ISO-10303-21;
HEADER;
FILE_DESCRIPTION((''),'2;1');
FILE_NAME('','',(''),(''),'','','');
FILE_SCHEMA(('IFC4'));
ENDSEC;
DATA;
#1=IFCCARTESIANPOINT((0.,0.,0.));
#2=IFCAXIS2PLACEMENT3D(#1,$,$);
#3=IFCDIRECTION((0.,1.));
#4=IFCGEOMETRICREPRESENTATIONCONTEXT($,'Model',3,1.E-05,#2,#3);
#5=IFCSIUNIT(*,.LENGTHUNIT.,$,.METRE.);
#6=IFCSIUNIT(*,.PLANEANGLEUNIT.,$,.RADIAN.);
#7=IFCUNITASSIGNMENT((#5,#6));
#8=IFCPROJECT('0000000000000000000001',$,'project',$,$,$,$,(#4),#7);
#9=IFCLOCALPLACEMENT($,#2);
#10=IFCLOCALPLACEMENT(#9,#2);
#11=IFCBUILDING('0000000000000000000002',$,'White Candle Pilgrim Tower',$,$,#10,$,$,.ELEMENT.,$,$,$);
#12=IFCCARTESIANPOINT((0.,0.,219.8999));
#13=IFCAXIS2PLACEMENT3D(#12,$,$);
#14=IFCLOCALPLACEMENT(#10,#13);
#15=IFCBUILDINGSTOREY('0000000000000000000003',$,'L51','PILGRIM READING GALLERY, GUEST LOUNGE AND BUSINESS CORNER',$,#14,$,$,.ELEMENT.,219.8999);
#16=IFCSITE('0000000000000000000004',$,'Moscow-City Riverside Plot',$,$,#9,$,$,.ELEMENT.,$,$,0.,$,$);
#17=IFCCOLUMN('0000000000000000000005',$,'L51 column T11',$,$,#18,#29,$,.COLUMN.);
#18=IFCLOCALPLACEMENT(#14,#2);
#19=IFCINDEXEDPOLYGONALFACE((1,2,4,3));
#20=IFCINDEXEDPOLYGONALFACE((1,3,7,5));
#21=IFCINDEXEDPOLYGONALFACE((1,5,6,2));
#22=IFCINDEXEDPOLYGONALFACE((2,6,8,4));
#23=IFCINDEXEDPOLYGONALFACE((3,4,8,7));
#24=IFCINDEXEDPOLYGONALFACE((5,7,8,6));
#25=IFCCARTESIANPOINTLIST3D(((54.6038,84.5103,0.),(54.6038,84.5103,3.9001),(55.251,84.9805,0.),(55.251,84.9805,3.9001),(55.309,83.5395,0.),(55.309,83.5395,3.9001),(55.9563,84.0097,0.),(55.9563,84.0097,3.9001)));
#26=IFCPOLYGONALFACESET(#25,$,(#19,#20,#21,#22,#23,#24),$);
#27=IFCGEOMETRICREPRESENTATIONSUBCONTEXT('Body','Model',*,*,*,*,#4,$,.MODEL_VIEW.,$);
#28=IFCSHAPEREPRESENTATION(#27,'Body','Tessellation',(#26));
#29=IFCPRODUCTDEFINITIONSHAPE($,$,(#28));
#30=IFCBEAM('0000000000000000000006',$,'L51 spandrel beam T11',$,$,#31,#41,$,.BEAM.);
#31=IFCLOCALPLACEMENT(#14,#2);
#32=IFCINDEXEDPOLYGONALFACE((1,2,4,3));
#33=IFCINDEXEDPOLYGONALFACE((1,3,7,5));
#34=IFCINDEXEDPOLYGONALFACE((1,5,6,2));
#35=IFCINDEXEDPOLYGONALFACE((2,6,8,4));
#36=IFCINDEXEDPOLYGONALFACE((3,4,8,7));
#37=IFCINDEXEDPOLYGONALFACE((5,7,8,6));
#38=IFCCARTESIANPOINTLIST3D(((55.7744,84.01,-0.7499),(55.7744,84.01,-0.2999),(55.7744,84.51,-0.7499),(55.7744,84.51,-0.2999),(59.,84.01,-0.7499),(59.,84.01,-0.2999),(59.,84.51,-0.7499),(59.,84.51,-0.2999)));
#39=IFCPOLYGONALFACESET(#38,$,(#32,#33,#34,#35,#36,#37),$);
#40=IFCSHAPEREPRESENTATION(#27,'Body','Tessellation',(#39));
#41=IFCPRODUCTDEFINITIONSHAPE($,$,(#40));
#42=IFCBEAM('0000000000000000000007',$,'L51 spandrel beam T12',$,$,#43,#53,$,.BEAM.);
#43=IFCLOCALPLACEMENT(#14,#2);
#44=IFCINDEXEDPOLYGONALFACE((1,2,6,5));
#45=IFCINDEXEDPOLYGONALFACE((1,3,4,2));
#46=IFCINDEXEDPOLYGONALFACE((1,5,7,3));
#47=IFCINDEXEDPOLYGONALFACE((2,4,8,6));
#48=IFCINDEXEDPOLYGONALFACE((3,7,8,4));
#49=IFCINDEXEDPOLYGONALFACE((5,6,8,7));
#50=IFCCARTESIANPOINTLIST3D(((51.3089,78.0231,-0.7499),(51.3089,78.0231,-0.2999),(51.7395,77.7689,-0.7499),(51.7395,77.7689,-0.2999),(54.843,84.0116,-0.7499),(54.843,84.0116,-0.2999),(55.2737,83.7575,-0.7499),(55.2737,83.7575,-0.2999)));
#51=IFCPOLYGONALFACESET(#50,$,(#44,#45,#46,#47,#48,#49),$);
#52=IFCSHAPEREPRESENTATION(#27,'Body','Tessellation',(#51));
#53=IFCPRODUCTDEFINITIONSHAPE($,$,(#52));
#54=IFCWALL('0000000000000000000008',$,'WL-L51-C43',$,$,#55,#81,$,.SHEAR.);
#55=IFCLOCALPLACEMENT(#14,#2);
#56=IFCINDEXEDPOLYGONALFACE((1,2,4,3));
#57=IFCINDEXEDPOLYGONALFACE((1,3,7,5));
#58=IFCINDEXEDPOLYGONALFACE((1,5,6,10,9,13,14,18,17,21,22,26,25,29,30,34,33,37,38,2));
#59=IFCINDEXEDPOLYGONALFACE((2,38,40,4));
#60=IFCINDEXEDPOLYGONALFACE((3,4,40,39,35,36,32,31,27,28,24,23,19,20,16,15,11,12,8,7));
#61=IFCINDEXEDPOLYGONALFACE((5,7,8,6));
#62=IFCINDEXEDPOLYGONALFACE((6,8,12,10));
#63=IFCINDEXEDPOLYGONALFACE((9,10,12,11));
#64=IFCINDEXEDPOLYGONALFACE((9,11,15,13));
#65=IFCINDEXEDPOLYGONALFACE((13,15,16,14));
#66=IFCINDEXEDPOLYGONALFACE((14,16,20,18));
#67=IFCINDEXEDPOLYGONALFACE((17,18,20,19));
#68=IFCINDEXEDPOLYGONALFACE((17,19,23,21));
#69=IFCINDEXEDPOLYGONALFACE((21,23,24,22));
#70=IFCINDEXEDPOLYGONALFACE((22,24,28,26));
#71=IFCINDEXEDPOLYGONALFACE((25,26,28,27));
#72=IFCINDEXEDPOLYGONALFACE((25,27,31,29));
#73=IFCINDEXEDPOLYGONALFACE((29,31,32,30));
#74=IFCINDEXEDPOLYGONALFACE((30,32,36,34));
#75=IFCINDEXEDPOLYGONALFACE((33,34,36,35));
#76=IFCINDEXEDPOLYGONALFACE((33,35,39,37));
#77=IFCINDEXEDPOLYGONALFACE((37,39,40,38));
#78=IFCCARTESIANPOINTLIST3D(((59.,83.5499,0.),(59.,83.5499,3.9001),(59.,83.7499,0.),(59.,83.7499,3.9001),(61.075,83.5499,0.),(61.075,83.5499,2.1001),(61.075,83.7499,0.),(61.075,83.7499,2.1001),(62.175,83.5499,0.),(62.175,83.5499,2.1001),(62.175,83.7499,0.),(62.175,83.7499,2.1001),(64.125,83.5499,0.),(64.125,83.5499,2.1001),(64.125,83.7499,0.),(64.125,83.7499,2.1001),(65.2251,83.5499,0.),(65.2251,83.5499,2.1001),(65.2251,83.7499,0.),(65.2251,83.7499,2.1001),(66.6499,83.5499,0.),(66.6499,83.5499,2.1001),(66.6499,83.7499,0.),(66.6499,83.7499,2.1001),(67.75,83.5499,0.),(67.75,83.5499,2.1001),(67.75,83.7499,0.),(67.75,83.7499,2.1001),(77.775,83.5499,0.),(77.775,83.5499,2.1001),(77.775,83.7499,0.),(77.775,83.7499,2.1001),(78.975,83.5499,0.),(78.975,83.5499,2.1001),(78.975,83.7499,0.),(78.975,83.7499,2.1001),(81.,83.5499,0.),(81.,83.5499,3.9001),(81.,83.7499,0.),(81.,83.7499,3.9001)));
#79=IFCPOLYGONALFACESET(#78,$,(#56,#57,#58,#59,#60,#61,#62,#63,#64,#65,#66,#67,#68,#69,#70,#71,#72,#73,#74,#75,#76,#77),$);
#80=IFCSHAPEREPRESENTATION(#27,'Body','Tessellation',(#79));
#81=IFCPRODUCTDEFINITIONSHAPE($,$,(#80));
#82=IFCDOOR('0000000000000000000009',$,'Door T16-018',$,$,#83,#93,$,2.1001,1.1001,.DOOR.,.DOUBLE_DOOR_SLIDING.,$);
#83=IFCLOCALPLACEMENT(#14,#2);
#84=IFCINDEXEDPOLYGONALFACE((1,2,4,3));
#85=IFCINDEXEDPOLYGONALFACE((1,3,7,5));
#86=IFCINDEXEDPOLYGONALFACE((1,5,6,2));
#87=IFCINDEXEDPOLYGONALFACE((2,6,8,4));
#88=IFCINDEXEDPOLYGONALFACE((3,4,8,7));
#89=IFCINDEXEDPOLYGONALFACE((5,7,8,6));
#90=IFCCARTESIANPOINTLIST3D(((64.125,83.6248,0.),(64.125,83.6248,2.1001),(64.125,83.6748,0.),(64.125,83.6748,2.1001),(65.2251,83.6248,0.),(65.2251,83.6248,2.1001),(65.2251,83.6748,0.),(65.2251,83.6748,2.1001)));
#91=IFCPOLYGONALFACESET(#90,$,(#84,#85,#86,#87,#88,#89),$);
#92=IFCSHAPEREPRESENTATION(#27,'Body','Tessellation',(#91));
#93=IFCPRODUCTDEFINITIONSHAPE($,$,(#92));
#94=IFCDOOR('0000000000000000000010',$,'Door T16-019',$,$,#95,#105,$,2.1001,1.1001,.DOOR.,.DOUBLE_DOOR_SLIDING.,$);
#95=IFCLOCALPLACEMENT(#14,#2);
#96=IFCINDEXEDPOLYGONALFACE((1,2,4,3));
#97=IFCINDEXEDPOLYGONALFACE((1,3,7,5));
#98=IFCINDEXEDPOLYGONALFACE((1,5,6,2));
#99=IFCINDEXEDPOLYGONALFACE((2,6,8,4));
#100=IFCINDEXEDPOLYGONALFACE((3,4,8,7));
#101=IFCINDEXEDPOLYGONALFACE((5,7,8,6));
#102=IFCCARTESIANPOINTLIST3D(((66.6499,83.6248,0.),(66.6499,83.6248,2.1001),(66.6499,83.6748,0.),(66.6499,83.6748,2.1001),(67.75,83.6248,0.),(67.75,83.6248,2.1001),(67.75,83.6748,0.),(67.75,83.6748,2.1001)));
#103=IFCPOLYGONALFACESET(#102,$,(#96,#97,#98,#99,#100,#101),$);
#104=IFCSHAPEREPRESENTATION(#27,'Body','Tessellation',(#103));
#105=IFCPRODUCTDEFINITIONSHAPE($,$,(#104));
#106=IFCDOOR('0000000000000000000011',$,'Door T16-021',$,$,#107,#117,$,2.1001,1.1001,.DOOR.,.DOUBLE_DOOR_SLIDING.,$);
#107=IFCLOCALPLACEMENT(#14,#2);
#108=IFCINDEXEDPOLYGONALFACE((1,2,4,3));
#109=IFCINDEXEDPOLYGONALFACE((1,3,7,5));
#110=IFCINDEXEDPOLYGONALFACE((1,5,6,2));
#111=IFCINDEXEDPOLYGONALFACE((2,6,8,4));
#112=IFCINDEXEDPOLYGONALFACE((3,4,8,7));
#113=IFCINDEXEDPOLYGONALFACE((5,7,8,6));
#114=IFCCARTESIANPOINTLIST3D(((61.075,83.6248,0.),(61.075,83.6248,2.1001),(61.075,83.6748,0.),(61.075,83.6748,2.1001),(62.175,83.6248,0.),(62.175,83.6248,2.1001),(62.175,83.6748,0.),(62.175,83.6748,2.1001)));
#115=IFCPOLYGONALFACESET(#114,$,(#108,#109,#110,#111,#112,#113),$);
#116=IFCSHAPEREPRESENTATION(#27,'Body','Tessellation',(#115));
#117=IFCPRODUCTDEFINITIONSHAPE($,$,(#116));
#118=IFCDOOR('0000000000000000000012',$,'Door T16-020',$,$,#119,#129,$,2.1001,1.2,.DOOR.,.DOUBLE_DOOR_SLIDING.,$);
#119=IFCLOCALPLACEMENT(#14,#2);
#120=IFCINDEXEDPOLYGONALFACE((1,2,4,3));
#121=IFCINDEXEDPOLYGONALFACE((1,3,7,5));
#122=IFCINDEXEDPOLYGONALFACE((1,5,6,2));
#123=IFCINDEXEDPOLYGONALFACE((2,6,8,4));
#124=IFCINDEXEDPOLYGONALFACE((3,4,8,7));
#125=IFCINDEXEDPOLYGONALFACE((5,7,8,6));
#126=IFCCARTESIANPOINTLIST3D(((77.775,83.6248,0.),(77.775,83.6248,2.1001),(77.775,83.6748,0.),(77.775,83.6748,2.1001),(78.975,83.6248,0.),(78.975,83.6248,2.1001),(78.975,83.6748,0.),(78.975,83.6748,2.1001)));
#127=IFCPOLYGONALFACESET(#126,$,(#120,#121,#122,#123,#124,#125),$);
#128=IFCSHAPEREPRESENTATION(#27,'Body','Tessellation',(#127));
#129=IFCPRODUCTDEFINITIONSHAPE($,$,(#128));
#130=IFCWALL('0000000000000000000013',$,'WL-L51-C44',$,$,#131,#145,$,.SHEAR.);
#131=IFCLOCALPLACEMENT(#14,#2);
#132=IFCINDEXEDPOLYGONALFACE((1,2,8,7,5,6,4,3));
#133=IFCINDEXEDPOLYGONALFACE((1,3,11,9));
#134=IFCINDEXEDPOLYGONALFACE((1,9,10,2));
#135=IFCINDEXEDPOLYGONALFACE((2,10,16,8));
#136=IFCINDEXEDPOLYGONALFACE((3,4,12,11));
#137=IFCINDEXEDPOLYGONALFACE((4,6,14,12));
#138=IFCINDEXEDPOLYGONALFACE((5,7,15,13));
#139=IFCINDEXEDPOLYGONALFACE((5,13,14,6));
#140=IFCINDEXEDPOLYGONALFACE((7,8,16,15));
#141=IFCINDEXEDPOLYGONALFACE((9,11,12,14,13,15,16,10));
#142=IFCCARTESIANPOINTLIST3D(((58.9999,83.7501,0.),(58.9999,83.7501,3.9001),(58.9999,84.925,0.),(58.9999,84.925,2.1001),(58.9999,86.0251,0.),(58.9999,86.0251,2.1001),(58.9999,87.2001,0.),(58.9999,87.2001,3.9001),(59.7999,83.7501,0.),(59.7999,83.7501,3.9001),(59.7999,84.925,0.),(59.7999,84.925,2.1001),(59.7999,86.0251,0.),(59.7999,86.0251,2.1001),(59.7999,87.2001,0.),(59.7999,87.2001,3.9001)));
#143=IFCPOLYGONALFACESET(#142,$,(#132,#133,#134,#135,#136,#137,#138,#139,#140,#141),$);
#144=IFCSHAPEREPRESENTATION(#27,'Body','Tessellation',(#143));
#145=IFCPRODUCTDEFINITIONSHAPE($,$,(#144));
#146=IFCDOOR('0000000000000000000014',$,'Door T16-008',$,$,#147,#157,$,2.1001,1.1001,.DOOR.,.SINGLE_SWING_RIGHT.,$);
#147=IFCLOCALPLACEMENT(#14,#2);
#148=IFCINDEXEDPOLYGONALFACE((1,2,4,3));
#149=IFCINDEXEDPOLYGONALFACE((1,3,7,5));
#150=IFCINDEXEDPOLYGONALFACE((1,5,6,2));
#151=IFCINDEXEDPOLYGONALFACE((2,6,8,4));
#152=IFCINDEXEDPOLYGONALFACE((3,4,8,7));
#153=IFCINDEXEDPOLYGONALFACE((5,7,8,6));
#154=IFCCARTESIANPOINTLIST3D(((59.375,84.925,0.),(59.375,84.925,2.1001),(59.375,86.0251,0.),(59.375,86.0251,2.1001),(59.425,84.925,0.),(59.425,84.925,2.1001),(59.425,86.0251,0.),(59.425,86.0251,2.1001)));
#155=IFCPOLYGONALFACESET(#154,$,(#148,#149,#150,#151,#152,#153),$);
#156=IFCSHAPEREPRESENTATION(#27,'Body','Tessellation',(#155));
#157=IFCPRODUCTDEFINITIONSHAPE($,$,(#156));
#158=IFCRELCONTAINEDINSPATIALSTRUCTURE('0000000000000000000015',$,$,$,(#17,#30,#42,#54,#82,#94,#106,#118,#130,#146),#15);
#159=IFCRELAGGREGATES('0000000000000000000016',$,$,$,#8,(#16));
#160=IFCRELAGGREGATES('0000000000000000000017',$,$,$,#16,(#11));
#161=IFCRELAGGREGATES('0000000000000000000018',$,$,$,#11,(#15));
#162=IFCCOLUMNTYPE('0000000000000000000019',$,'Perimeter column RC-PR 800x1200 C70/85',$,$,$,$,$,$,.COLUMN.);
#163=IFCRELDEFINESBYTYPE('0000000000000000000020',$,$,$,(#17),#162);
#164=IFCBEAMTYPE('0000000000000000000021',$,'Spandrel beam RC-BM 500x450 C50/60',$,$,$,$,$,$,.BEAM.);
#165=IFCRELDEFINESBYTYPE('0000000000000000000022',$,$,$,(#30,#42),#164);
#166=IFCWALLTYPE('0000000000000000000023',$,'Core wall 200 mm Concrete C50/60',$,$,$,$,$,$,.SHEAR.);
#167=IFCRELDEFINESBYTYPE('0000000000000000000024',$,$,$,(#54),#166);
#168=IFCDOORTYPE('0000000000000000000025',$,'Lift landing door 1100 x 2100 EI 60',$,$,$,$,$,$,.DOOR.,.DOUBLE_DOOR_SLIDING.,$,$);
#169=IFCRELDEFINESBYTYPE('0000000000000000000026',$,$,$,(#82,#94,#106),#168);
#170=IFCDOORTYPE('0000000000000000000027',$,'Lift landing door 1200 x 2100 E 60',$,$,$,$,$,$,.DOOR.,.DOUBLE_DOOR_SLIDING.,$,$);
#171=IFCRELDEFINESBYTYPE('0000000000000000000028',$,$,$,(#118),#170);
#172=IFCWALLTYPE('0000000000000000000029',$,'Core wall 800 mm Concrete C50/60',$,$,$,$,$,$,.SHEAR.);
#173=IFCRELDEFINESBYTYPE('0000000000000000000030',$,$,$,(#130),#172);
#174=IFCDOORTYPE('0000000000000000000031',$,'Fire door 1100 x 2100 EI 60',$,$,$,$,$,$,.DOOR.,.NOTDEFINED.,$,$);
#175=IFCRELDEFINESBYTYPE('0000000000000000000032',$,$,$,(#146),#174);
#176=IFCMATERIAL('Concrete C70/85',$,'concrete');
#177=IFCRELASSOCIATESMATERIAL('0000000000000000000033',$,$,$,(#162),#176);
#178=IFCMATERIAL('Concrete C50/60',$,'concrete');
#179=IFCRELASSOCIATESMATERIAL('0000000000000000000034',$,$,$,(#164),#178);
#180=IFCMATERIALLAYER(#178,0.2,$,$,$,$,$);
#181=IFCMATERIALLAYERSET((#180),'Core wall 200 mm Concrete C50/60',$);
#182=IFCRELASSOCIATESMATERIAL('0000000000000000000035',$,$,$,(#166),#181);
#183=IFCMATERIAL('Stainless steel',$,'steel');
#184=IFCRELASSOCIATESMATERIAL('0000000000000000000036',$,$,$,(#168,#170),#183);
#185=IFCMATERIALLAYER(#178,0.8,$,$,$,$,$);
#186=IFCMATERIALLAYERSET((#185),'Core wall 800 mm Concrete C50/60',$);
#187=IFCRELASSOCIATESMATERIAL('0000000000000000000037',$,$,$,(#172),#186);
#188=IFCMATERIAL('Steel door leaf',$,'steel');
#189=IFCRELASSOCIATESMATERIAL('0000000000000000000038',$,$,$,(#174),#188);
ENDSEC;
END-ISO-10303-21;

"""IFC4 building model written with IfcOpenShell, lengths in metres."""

from ifc_helpers import new_model, si_unit, direction, frame, frame_2d, origin, origin_2d, place, context, subcontext, project, spatial, rectangle, extrude, material, layer, layer_set, material_profile, profile_set, type_object, element, fill, save


model = new_model("IFC4")

# Units and contexts
model_context = context("Model", 3, precision=1e-05, world=origin(), true_north=direction((0.0, 1.0)))
body_context = subcontext(model_context, "Body", "Model", "MODEL_VIEW")
ifc_project = project(units=[si_unit("LENGTHUNIT", "METRE"), si_unit("PLANEANGLEUNIT", "RADIAN")], contexts=[model_context])

# Site, building, storey
site_placement = place(None, origin())
site = spatial("IfcSite", under=ifc_project, at=site_placement, Name="Moscow-City Riverside Plot", CompositionType="ELEMENT", RefElevation=0.0)
building_placement = place(site_placement, origin())
building = spatial("IfcBuilding", under=site, at=building_placement, Name="White Candle Pilgrim Tower", CompositionType="ELEMENT")
storey_placement = place(building_placement, frame((0.0, 0.0, 219.8999)))
storey = spatial("IfcBuildingStorey", under=building, at=storey_placement, Name="L51", Description="PILGRIM READING GALLERY, GUEST LOUNGE AND BUSINESS CORNER", CompositionType="ELEMENT", Elevation=219.8999)

# Column
ifc_material_1 = material(Name="Concrete C70/85", Category="concrete")
ifc_material_profile_1 = material_profile(ifc_material_1, rectangle(XDim=0.8, YDim=1.2, at=origin_2d()), Name="RC-PR 800x1200")
ifc_profile_set_1 = profile_set([ifc_material_profile_1], Name="Concrete C70/85")
column_type = type_object("IfcColumnType", Name="Perimeter column RC-PR 800x1200 C70/85", PredefinedType="COLUMN", material=ifc_profile_set_1)
column_placement = place(storey_placement, frame((55.28, 84.26, 0.0), z_axis=(0.0, 0.0, 1.0), x_axis=(0.809027, 0.587771, 0.0)))
element("IfcColumn", 1, at=column_placement, inside=storey, type_object=column_type, Name="L51 column T11", PredefinedType="COLUMN", context=body_context, shape_type="SweptSolid", body=[
    extrude(rectangle(XDim=0.8, YDim=1.2, at=origin_2d()), origin(), (0.0, 0.0, 1.0), 3.9001),
])

# Beams
ifc_material_2 = material(Name="Concrete C50/60", Category="concrete")
ifc_material_profile_2 = material_profile(ifc_material_2, rectangle(XDim=0.5, YDim=0.45, at=origin_2d()), Name="RC-BM 500x450")
ifc_profile_set_2 = profile_set([ifc_material_profile_2], Name="Concrete C50/60")
beam_type = type_object("IfcBeamType", Name="Spandrel beam RC-BM 500x450 C50/60", PredefinedType="BEAM", material=ifc_profile_set_2)
beam_1_placement = place(storey_placement, frame((55.7744, 84.26, -0.5249), z_axis=(1.0, 0.0, 0.0), x_axis=(0.0, 1.0, 0.0)))
element("IfcBeam", 2, at=beam_1_placement, inside=storey, type_object=beam_type, Name="L51 spandrel beam T11", PredefinedType="BEAM", context=body_context, shape_type="SweptSolid", body=[
    extrude(rectangle(XDim=0.5, YDim=0.45, at=origin_2d()), origin(), (0.0, 0.0, 1.0), 3.2256),
])
beam_2_placement = place(storey_placement, frame((55.0583, 83.8845, -0.5249), z_axis=(-0.50825, -0.861209, 0.0), x_axis=(0.861209, -0.50825, 0.0)))
element("IfcBeam", 3, at=beam_2_placement, inside=storey, type_object=beam_type, Name="L51 spandrel beam T12", PredefinedType="BEAM", context=body_context, shape_type="SweptSolid", body=[
    extrude(rectangle(XDim=0.5, YDim=0.45, at=origin_2d()), origin(), (0.0, 0.0, 1.0), 6.9536),
])

# Wall, openings, doors
ifc_layer_1 = layer(ifc_material_2, 0.2)
ifc_layer_set_1 = layer_set([ifc_layer_1], Name="Core wall 200 mm Concrete C50/60")
wall_type_1 = type_object("IfcWallType", Name="Core wall 200 mm Concrete C50/60", PredefinedType="SHEAR", material=ifc_layer_set_1)
wall_1_placement = place(storey_placement, frame((59.0, 83.6499, 0.0), z_axis=(0.0, 0.0, 1.0), x_axis=(1.0, 0.0, 0.0)))
wall_1 = element("IfcWall", 4, at=wall_1_placement, inside=storey, type_object=wall_type_1, Name="WL-L51-C43", PredefinedType="SHEAR", context=body_context, shape_type="SweptSolid", body=[
    extrude(rectangle(XDim=22.0, YDim=0.2, at=frame_2d((11.0, 0.0))), origin(), (0.0, 0.0, 1.0), 3.9001),
])
opening_1_placement = place(wall_1_placement, frame((5.125, 0.0, 0.0)))
opening_1 = element("IfcOpeningElement", 5, at=opening_1_placement, cuts=wall_1, PredefinedType="OPENING", context=body_context, shape_type="SweptSolid", body=[
    extrude(rectangle(XDim=1.1001, YDim=2.1001, at=frame_2d((0.55, 1.05))), frame((0.0, 0.1099, 0.0), z_axis=(0.0, -1.0, 0.0), x_axis=(1.0, 0.0, 0.0)), (0.0, 0.0, 1.0), 0.22),
])
opening_2_placement = place(wall_1_placement, frame((7.6499, 0.0, 0.0)))
opening_2 = element("IfcOpeningElement", 6, at=opening_2_placement, cuts=wall_1, PredefinedType="OPENING", context=body_context, shape_type="SweptSolid", body=[
    extrude(rectangle(XDim=1.1001, YDim=2.1001, at=frame_2d((0.55, 1.05))), frame((0.0, 0.1099, 0.0), z_axis=(0.0, -1.0, 0.0), x_axis=(1.0, 0.0, 0.0)), (0.0, 0.0, 1.0), 0.22),
])
opening_3_placement = place(wall_1_placement, frame((18.7749, 0.0, 0.0)))
opening_3 = element("IfcOpeningElement", 7, at=opening_3_placement, cuts=wall_1, PredefinedType="OPENING", context=body_context, shape_type="SweptSolid", body=[
    extrude(rectangle(XDim=1.2, YDim=2.1001, at=frame_2d((0.6001, 1.05))), frame((0.0, 0.1099, 0.0), z_axis=(0.0, -1.0, 0.0), x_axis=(1.0, 0.0, 0.0)), (0.0, 0.0, 1.0), 0.22),
])
opening_4_placement = place(wall_1_placement, frame((2.075, 0.0, 0.0)))
opening_4 = element("IfcOpeningElement", 8, at=opening_4_placement, cuts=wall_1, PredefinedType="OPENING", context=body_context, shape_type="SweptSolid", body=[
    extrude(rectangle(XDim=1.1001, YDim=2.1001, at=frame_2d((0.55, 1.05))), frame((0.0, 0.1099, 0.0), z_axis=(0.0, -1.0, 0.0), x_axis=(1.0, 0.0, 0.0)), (0.0, 0.0, 1.0), 0.22),
])
ifc_material_3 = material(Name="Stainless steel", Category="steel")
door_type_1 = type_object("IfcDoorType", Name="Lift landing door 1100 x 2100 EI 60", OperationType="DOUBLE_DOOR_SLIDING", PredefinedType="DOOR", material=ifc_material_3)
door_1_placement = place(opening_1_placement, origin())
door_1 = element("IfcDoor", 9, at=door_1_placement, inside=storey, type_object=door_type_1, Name="Door T16-018", OperationType="DOUBLE_DOOR_SLIDING", OverallHeight=2.1001, OverallWidth=1.1001, PredefinedType="DOOR", context=body_context, shape_type="SweptSolid", body=[
    extrude(rectangle(XDim=1.1001, YDim=2.1001, at=frame_2d((0.55, 1.05))), frame((0.0, 0.0249, 0.0), z_axis=(0.0, -1.0, 0.0), x_axis=(1.0, 0.0, 0.0)), (0.0, 0.0, 1.0), 0.05),
])
fill(opening_1, door_1)
door_2_placement = place(opening_2_placement, origin())
door_2 = element("IfcDoor", 10, at=door_2_placement, inside=storey, type_object=door_type_1, Name="Door T16-019", OperationType="DOUBLE_DOOR_SLIDING", OverallHeight=2.1001, OverallWidth=1.1001, PredefinedType="DOOR", context=body_context, shape_type="SweptSolid", body=[
    extrude(rectangle(XDim=1.1001, YDim=2.1001, at=frame_2d((0.55, 1.05))), frame((0.0, 0.0249, 0.0), z_axis=(0.0, -1.0, 0.0), x_axis=(1.0, 0.0, 0.0)), (0.0, 0.0, 1.0), 0.05),
])
fill(opening_2, door_2)
door_3_placement = place(opening_4_placement, origin())
door_3 = element("IfcDoor", 11, at=door_3_placement, inside=storey, type_object=door_type_1, Name="Door T16-021", OperationType="DOUBLE_DOOR_SLIDING", OverallHeight=2.1001, OverallWidth=1.1001, PredefinedType="DOOR", context=body_context, shape_type="SweptSolid", body=[
    extrude(rectangle(XDim=1.1001, YDim=2.1001, at=frame_2d((0.55, 1.05))), frame((0.0, 0.0249, 0.0), z_axis=(0.0, -1.0, 0.0), x_axis=(1.0, 0.0, 0.0)), (0.0, 0.0, 1.0), 0.05),
])
fill(opening_4, door_3)
door_type_2 = type_object("IfcDoorType", Name="Lift landing door 1200 x 2100 E 60", OperationType="DOUBLE_DOOR_SLIDING", PredefinedType="DOOR", material=ifc_material_3)
door_4_placement = place(opening_3_placement, origin())
door_4 = element("IfcDoor", 12, at=door_4_placement, inside=storey, type_object=door_type_2, Name="Door T16-020", OperationType="DOUBLE_DOOR_SLIDING", OverallHeight=2.1001, OverallWidth=1.2, PredefinedType="DOOR", context=body_context, shape_type="SweptSolid", body=[
    extrude(rectangle(XDim=1.2, YDim=2.1001, at=frame_2d((0.6001, 1.05))), frame((0.0, 0.0249, 0.0), z_axis=(0.0, -1.0, 0.0), x_axis=(1.0, 0.0, 0.0)), (0.0, 0.0, 1.0), 0.05),
])
fill(opening_3, door_4)

# Wall, opening, door
ifc_layer_2 = layer(ifc_material_2, 0.8)
ifc_layer_set_2 = layer_set([ifc_layer_2], Name="Core wall 800 mm Concrete C50/60")
wall_type_2 = type_object("IfcWallType", Name="Core wall 800 mm Concrete C50/60", PredefinedType="SHEAR", material=ifc_layer_set_2)
wall_2_placement = place(storey_placement, frame((59.3999, 83.75, 0.0), z_axis=(0.0, 0.0, 1.0), x_axis=(0.0, 1.0, 0.0)))
wall_2 = element("IfcWall", 13, at=wall_2_placement, inside=storey, type_object=wall_type_2, Name="WL-L51-C44", PredefinedType="SHEAR", context=body_context, shape_type="SweptSolid", body=[
    extrude(rectangle(XDim=3.45, YDim=0.8, at=frame_2d((1.7251, 0.0))), origin(), (0.0, 0.0, 1.0), 3.9001),
])
opening_5_placement = place(wall_2_placement, frame((1.175, 0.0, 0.0)))
opening_5 = element("IfcOpeningElement", 14, at=opening_5_placement, cuts=wall_2, PredefinedType="OPENING", context=body_context, shape_type="SweptSolid", body=[
    extrude(rectangle(XDim=1.1001, YDim=2.1001, at=frame_2d((0.55, 1.05))), frame((0.0, 0.4099, 0.0), z_axis=(0.0, -1.0, 0.0), x_axis=(1.0, 0.0, 0.0)), (0.0, 0.0, 1.0), 0.8201),
])
ifc_material_4 = material(Name="Steel door leaf", Category="steel")
door_type_3 = type_object("IfcDoorType", Name="Fire door 1100 x 2100 EI 60", OperationType="NOTDEFINED", PredefinedType="DOOR", material=ifc_material_4)
door_5_placement = place(opening_5_placement, origin())
door_5 = element("IfcDoor", 15, at=door_5_placement, inside=storey, type_object=door_type_3, Name="Door T16-008", OperationType="SINGLE_SWING_RIGHT", OverallHeight=2.1001, OverallWidth=1.1001, PredefinedType="DOOR", context=body_context, shape_type="SweptSolid", body=[
    extrude(rectangle(XDim=1.1001, YDim=2.1001, at=frame_2d((0.55, 1.05))), frame((0.0, 0.0249, 0.0), z_axis=(0.0, -1.0, 0.0), x_axis=(1.0, 0.0, 0.0)), (0.0, 0.0, 1.0), 0.05),
])
fill(opening_5, door_5)

save(model, "model.ifc")
